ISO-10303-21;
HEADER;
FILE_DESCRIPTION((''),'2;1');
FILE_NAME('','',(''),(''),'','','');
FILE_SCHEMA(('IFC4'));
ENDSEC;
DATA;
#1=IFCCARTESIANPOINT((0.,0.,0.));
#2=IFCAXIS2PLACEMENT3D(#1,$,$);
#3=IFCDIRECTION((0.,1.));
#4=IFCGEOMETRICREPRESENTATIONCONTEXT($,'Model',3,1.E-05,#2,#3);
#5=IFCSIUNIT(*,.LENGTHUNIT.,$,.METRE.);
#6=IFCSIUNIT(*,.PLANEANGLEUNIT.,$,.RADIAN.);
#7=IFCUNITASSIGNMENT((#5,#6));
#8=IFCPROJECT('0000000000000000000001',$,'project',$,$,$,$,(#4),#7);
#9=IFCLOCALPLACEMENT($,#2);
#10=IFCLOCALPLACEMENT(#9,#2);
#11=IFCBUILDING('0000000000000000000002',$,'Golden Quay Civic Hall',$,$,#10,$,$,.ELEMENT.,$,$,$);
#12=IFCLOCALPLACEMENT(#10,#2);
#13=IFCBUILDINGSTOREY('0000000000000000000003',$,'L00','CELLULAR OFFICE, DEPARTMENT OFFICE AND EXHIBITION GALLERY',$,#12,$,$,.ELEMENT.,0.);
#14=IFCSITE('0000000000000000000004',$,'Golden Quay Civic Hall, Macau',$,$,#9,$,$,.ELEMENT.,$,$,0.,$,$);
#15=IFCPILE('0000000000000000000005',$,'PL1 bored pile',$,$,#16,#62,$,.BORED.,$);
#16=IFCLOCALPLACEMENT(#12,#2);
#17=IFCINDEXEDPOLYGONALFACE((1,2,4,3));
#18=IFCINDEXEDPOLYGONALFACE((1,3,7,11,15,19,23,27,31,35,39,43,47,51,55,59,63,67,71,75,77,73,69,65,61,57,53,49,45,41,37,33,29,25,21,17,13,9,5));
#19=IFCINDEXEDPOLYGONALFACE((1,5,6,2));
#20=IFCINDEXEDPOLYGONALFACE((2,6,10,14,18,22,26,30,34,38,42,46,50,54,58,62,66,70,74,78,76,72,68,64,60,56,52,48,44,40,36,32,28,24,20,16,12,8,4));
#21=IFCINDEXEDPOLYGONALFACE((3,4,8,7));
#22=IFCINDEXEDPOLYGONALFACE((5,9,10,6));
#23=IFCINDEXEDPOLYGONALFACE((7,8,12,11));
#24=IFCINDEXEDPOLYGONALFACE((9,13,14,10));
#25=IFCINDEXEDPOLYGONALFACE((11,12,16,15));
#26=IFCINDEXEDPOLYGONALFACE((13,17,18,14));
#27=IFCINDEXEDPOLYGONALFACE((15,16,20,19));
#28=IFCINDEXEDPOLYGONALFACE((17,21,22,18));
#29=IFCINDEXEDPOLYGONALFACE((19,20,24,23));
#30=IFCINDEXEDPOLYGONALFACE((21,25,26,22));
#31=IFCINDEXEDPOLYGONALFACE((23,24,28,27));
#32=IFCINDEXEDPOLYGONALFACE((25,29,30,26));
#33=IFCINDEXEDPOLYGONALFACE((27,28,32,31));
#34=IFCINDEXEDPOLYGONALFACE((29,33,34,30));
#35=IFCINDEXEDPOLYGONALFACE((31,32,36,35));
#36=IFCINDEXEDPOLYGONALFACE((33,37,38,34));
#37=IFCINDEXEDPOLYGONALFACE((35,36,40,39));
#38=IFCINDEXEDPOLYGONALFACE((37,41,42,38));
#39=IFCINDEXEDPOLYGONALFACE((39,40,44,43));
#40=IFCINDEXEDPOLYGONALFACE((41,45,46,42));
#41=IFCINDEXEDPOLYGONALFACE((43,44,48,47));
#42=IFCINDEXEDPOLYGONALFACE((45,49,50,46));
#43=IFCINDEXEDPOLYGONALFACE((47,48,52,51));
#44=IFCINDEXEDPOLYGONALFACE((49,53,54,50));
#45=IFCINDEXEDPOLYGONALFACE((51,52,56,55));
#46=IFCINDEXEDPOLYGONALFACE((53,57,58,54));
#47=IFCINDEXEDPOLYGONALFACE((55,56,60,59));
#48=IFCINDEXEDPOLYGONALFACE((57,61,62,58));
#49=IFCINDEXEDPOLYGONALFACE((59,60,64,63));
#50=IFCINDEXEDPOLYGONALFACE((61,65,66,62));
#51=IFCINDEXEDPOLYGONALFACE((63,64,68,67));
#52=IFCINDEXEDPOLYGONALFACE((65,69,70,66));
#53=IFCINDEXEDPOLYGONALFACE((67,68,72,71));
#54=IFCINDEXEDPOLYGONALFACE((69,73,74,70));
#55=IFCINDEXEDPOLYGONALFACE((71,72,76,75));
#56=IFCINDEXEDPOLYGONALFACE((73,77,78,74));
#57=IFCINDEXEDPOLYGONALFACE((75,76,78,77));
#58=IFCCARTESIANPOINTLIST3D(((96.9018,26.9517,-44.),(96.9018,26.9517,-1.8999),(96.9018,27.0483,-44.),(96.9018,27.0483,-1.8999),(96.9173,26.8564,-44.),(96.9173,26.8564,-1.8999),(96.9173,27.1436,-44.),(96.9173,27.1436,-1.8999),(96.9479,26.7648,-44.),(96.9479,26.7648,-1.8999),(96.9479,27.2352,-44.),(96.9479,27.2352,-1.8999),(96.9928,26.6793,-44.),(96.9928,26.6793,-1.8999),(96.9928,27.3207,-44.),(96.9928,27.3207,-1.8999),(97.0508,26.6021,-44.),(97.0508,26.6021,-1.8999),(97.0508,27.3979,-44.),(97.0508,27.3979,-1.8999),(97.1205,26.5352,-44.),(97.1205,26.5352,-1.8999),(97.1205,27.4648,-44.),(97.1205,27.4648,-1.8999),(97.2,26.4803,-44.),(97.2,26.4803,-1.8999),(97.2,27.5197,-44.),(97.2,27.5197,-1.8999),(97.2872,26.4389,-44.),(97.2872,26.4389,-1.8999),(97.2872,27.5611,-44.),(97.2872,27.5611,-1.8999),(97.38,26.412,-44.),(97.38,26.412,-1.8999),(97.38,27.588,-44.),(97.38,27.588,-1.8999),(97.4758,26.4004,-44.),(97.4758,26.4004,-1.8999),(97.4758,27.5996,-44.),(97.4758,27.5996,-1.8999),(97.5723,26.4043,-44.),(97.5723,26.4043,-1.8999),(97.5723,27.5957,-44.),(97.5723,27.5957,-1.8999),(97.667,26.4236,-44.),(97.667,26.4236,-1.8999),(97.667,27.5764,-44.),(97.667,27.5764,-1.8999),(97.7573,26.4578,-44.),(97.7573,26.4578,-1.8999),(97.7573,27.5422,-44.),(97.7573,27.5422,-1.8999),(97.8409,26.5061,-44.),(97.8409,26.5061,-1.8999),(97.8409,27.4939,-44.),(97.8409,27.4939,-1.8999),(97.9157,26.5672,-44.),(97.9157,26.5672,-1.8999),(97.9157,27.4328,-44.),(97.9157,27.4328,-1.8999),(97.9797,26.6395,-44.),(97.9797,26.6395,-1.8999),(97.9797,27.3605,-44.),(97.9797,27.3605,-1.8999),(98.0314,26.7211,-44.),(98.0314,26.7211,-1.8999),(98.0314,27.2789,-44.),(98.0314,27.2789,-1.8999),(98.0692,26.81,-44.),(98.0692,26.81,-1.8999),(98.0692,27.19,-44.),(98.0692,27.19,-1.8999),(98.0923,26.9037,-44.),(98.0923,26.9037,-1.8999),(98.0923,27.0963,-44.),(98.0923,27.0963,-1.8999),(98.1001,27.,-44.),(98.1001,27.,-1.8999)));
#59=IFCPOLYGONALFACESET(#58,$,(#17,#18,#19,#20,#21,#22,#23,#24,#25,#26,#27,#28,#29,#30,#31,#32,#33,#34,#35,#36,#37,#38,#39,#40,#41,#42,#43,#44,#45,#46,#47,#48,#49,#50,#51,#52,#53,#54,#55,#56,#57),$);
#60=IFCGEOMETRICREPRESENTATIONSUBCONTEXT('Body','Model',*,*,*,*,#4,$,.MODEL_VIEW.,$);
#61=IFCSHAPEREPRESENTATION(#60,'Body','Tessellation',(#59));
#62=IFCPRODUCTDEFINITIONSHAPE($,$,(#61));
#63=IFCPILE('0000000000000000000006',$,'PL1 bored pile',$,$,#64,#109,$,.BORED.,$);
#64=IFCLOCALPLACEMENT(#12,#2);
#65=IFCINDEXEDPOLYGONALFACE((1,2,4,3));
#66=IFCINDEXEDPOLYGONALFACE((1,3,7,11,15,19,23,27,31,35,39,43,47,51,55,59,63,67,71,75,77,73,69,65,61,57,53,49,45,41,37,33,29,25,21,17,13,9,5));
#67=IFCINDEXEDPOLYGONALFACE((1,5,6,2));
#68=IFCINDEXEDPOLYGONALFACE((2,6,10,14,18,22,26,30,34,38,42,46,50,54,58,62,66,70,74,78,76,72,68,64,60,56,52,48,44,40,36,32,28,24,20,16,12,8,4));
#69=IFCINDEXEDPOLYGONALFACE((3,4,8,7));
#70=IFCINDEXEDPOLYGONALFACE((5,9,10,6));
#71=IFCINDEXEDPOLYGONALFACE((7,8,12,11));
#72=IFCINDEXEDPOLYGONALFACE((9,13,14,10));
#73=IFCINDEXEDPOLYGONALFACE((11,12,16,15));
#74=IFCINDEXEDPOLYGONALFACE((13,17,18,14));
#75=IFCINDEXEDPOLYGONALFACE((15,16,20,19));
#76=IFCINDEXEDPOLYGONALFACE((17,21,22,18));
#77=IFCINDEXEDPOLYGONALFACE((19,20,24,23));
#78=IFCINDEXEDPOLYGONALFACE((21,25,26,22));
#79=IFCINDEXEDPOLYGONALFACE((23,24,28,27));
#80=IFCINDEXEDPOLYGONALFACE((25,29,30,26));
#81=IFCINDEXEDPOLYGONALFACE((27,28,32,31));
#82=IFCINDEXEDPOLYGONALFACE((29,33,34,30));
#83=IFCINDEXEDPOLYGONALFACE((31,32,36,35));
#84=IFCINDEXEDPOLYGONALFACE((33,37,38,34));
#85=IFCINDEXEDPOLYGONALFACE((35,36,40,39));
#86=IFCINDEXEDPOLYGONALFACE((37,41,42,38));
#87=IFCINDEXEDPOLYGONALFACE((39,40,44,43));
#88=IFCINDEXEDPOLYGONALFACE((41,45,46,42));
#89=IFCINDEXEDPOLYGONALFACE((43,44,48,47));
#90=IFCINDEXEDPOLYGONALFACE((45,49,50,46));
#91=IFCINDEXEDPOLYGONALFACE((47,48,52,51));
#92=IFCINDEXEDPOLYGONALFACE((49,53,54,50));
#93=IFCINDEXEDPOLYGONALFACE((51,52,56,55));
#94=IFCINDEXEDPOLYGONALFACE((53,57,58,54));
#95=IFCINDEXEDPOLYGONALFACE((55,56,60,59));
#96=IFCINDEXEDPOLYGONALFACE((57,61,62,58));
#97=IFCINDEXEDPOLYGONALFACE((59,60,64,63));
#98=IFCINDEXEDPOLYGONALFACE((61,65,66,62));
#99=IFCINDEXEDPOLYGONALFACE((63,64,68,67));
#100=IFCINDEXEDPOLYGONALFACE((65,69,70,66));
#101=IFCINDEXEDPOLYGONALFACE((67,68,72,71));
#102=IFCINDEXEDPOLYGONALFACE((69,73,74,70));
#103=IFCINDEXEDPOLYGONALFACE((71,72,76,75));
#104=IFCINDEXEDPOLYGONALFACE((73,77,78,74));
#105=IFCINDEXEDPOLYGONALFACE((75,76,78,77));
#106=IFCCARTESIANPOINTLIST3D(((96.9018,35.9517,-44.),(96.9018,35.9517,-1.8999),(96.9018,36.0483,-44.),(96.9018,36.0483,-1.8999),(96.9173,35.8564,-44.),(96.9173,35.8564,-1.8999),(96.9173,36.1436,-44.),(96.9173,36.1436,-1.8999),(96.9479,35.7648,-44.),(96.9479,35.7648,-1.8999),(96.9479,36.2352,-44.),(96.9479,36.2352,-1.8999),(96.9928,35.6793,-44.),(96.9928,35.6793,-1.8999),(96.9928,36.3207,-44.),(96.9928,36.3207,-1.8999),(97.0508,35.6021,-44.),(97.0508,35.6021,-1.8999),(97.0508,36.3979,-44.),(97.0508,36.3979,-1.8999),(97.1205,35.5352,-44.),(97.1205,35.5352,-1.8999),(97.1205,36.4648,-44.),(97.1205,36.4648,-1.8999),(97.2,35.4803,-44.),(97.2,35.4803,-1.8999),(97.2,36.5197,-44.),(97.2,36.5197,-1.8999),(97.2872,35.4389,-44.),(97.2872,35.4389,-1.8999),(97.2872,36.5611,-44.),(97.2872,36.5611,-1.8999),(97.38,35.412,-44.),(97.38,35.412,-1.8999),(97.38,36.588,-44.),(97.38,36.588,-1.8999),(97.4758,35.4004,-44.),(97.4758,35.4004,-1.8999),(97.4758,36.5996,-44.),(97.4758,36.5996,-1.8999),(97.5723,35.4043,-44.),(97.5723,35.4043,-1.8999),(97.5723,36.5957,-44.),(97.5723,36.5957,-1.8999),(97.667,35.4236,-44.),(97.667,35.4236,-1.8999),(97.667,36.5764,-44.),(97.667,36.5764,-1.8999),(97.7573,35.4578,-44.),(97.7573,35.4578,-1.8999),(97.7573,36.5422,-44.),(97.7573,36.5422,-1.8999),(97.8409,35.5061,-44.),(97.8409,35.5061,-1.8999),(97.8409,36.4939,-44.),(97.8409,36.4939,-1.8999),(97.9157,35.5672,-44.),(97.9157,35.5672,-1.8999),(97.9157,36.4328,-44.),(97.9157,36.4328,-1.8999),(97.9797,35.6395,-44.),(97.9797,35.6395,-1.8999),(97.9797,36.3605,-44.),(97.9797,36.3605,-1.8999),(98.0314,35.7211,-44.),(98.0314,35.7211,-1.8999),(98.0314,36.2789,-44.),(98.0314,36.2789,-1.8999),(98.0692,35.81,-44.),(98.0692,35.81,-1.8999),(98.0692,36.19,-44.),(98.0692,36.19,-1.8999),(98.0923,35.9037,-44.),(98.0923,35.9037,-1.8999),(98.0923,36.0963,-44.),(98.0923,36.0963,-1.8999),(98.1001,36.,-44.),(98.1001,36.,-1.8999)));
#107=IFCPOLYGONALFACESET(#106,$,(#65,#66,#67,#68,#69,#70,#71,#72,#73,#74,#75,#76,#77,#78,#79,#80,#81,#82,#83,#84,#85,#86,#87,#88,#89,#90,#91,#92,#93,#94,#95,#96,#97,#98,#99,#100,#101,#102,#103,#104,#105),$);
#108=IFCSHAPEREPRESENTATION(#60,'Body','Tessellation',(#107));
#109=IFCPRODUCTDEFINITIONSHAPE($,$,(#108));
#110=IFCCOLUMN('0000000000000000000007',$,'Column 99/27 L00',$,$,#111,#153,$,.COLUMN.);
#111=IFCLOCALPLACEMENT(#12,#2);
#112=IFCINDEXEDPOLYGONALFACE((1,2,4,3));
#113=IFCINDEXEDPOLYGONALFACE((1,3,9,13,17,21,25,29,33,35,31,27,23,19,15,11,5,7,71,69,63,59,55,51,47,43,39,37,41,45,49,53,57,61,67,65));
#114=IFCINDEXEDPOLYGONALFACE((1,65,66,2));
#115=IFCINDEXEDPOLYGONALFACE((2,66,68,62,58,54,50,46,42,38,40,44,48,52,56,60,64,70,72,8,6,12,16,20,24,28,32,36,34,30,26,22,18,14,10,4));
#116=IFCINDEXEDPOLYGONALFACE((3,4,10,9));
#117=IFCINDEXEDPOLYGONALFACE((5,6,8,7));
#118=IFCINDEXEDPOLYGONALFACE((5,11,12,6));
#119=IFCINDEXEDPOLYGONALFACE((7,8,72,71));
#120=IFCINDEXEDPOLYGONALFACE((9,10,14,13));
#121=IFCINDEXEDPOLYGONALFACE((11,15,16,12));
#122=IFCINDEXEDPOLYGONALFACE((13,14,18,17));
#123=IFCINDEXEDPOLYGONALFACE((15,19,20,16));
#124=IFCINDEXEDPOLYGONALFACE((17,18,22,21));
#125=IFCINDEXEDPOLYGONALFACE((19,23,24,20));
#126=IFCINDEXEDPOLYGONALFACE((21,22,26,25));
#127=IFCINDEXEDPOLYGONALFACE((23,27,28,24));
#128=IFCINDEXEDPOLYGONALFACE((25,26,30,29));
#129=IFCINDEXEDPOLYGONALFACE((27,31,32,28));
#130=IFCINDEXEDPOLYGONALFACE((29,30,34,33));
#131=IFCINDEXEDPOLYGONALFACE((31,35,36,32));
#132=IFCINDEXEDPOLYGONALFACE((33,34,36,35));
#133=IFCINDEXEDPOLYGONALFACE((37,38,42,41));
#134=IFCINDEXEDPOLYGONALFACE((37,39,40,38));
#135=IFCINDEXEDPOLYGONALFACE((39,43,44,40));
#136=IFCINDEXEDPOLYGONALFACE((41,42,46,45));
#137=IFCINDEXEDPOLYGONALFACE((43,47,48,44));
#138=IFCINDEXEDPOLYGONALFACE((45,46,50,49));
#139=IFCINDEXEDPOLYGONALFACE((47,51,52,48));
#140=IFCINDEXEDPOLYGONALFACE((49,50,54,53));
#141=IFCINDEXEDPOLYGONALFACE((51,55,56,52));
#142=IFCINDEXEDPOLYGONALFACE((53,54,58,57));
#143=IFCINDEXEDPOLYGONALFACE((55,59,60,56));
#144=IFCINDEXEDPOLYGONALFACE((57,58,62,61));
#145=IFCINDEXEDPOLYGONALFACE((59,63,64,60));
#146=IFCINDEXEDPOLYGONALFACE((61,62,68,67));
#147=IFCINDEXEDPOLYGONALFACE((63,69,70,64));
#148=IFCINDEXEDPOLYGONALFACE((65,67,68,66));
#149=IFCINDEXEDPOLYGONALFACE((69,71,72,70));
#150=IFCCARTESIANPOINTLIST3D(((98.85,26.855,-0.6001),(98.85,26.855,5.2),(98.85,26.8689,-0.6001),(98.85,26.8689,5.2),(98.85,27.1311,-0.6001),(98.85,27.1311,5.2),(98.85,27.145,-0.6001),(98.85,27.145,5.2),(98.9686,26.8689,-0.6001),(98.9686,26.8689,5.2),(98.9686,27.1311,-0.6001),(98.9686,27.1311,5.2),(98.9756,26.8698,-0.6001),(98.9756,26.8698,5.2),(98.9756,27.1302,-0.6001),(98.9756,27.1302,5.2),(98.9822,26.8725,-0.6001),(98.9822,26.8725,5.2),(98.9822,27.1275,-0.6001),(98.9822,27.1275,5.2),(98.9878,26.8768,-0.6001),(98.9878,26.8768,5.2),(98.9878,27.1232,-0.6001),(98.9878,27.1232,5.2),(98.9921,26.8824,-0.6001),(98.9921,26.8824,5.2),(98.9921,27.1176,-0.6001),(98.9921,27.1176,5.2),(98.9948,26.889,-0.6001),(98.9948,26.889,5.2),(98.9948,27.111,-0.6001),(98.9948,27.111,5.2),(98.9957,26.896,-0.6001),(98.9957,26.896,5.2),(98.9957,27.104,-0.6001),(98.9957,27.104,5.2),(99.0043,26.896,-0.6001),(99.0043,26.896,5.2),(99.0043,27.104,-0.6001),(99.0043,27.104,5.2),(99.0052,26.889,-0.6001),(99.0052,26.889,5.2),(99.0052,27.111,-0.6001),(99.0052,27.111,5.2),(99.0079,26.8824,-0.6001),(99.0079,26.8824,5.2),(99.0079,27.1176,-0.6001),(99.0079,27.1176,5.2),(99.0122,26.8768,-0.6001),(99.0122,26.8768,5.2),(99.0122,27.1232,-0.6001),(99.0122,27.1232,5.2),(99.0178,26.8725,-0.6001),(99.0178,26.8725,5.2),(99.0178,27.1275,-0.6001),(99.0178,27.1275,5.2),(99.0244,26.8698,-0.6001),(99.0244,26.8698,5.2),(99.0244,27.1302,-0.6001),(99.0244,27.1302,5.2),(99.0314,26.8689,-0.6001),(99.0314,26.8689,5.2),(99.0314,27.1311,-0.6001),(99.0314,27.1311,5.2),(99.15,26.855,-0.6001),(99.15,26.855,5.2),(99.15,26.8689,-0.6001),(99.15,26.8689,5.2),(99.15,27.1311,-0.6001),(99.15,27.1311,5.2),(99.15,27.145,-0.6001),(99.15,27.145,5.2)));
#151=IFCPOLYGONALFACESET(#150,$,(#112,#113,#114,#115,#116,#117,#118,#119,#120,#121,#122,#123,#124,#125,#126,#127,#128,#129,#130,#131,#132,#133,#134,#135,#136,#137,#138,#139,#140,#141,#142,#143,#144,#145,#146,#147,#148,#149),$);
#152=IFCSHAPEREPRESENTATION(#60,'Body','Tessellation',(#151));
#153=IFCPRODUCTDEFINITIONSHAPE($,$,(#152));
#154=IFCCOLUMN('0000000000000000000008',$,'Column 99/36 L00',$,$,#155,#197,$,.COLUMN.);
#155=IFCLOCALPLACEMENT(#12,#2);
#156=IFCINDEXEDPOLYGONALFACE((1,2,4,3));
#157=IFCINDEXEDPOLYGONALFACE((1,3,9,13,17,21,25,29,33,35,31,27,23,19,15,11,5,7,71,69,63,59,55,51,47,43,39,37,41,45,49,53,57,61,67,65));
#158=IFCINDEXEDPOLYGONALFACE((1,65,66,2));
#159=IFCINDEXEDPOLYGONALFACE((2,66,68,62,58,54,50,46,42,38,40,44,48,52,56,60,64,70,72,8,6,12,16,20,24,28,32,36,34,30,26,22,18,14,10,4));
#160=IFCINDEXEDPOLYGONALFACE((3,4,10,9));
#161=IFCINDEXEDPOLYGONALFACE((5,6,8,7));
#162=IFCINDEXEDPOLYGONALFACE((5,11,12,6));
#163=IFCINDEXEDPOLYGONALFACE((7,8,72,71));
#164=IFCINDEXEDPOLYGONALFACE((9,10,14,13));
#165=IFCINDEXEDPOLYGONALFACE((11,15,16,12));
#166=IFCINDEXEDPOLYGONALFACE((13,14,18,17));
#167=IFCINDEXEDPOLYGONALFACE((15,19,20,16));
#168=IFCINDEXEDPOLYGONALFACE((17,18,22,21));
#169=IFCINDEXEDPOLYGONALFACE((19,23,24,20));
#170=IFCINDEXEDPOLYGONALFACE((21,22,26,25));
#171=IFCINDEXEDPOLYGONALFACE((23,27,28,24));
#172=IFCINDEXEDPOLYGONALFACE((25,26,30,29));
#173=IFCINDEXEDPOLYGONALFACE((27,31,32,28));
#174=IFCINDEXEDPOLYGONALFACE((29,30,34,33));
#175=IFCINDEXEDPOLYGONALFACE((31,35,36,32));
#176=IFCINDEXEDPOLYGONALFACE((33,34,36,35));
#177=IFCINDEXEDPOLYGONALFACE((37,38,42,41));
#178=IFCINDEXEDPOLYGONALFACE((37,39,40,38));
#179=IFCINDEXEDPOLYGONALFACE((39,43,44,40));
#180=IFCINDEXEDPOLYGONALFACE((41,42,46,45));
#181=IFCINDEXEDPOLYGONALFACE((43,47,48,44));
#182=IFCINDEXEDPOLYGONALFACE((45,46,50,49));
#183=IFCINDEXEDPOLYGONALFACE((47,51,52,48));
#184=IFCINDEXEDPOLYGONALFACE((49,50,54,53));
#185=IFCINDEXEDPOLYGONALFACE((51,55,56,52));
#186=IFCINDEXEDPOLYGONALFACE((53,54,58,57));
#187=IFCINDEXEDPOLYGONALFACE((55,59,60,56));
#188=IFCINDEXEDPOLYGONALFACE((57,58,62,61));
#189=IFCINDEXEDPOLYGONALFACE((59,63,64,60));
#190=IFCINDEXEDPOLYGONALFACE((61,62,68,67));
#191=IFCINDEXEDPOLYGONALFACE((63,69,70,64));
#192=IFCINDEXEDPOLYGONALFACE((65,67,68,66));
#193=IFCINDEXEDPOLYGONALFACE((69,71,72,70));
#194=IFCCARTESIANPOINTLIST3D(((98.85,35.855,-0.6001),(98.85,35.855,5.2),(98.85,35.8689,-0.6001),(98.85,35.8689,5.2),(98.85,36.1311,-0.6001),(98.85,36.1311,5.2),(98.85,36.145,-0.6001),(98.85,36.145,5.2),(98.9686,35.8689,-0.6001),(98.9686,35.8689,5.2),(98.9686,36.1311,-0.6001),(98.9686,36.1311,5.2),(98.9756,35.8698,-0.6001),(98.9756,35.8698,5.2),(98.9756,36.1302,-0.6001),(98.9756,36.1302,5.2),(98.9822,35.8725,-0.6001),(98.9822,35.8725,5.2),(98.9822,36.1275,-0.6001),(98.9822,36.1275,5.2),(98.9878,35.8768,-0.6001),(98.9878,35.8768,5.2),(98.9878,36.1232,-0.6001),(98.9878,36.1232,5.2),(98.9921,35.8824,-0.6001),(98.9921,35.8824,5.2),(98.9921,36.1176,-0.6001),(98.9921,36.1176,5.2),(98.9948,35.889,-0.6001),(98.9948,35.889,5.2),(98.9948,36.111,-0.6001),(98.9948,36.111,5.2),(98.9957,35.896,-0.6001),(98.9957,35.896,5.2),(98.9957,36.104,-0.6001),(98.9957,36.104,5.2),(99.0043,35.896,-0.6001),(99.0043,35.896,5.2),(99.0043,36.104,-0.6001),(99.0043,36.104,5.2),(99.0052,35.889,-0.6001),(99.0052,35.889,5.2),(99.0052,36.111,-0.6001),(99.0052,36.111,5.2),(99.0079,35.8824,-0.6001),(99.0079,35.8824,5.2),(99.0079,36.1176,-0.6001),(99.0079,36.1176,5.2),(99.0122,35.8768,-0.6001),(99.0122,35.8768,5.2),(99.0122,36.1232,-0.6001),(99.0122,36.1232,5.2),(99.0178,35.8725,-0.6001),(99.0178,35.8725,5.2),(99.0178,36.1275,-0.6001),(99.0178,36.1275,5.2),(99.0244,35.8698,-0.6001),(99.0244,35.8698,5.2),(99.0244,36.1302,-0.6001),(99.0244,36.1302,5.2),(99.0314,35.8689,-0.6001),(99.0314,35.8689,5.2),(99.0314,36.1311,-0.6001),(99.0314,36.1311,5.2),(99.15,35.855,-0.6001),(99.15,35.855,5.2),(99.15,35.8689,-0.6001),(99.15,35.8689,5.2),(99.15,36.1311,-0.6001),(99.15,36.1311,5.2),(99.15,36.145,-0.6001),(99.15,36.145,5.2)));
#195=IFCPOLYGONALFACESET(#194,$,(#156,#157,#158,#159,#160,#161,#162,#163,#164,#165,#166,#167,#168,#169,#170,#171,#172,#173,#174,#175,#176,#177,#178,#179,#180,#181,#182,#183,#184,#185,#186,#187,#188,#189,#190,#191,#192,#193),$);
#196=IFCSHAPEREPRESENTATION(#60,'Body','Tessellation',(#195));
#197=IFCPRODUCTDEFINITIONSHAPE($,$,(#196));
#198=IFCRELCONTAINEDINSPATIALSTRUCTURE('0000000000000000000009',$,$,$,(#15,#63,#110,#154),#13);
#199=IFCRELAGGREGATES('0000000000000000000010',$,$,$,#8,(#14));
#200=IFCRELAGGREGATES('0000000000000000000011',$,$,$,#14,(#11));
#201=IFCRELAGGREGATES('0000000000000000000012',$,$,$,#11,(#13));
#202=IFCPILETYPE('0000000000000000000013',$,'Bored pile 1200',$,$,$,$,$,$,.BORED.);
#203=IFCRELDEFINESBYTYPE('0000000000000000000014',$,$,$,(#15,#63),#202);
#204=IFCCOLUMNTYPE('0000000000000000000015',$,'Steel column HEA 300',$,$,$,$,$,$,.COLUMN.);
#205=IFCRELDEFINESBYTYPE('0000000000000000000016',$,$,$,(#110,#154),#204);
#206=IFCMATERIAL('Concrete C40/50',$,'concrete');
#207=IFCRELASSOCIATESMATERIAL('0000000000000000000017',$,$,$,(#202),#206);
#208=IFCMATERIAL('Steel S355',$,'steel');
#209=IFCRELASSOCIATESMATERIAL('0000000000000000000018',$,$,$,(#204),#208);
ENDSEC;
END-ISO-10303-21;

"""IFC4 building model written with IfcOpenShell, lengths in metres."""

from ifc_helpers import new_model, si_unit, direction, frame, origin, origin_2d, place, context, subcontext, project, spatial, circle, i_section, extrude, material, material_profile, profile_set, type_object, element, save


model = new_model("IFC4")

# Units and contexts
model_context = context("Model", 3, precision=1e-05, world=origin(), true_north=direction((0.0, 1.0)))
body_context = subcontext(model_context, "Body", "Model", "MODEL_VIEW")
ifc_project = project(units=[si_unit("LENGTHUNIT", "METRE"), si_unit("PLANEANGLEUNIT", "RADIAN")], contexts=[model_context])

# Site, building, storey
site_placement = place(None, origin())
site = spatial("IfcSite", under=ifc_project, at=site_placement, Name="Golden Quay Civic Hall, Macau", CompositionType="ELEMENT", RefElevation=0.0)
building_placement = place(site_placement, origin())
building = spatial("IfcBuilding", under=site, at=building_placement, Name="Golden Quay Civic Hall", CompositionType="ELEMENT")
storey_placement = place(building_placement, origin())
storey = spatial("IfcBuildingStorey", under=building, at=storey_placement, Name="L00", Description="CELLULAR OFFICE, DEPARTMENT OFFICE AND EXHIBITION GALLERY", CompositionType="ELEMENT", Elevation=0.0)

# Piles
ifc_material_1 = material(Name="Concrete C40/50", Category="concrete")
ifc_material_profile_1 = material_profile(ifc_material_1, circle(Radius=0.6001, at=origin_2d()), Name="RC D1200")
ifc_profile_set_1 = profile_set([ifc_material_profile_1], Name="Concrete C40/50")
pile_type = type_object("IfcPileType", Name="Bored pile 1200", PredefinedType="BORED", material=ifc_profile_set_1)
for number, where, z_axis, x_axis, name in (
    (1, (97.5, 27.0, -1.8999), (0.0, 0.0, -1.0), (1.0, 0.0, 0.0), "PL1 bored pile"),
    (2, (97.5, 36.0, -1.8999), (0.0, 0.0, -1.0), (1.0, 0.0, 0.0), "PL1 bored pile"),
):
    element("IfcPile", number, at=place(storey_placement, frame(where, z_axis=z_axis, x_axis=x_axis)), inside=storey, type_object=pile_type, Name=name, PredefinedType="BORED", context=body_context, shape_type="SweptSolid", body=[
        extrude(circle(Radius=0.6001, at=origin_2d()), origin(), (0.0, 0.0, 1.0), 42.1001),
    ])

# Columns
ifc_material_2 = material(Name="Steel S355", Category="steel")
ifc_material_profile_2 = material_profile(ifc_material_2, i_section(OverallWidth=0.3, OverallDepth=0.29, WebThickness=0.0085, FlangeThickness=0.0139, FilletRadius=0.0271, at=origin_2d()), Name="HEA 300")
ifc_profile_set_2 = profile_set([ifc_material_profile_2], Name="Steel S355")
column_type = type_object("IfcColumnType", Name="Steel column HEA 300", PredefinedType="COLUMN", material=ifc_profile_set_2)
for number, where, z_axis, x_axis, name in (
    (3, (99.0, 27.0, -0.6001), (0.0, 0.0, 1.0), (1.0, 0.0, 0.0), "Column 99/27 L00"),
    (4, (99.0, 36.0, -0.6001), (0.0, 0.0, 1.0), (1.0, 0.0, 0.0), "Column 99/36 L00"),
):
    element("IfcColumn", number, at=place(storey_placement, frame(where, z_axis=z_axis, x_axis=x_axis)), inside=storey, type_object=column_type, Name=name, PredefinedType="COLUMN", context=body_context, shape_type="SweptSolid", body=[
        extrude(i_section(OverallWidth=0.3, OverallDepth=0.29, WebThickness=0.0085, FlangeThickness=0.0139, FilletRadius=0.0271, at=origin_2d()), origin(), (0.0, 0.0, 1.0), 5.8),
    ])

save(model, "model.ifc")
